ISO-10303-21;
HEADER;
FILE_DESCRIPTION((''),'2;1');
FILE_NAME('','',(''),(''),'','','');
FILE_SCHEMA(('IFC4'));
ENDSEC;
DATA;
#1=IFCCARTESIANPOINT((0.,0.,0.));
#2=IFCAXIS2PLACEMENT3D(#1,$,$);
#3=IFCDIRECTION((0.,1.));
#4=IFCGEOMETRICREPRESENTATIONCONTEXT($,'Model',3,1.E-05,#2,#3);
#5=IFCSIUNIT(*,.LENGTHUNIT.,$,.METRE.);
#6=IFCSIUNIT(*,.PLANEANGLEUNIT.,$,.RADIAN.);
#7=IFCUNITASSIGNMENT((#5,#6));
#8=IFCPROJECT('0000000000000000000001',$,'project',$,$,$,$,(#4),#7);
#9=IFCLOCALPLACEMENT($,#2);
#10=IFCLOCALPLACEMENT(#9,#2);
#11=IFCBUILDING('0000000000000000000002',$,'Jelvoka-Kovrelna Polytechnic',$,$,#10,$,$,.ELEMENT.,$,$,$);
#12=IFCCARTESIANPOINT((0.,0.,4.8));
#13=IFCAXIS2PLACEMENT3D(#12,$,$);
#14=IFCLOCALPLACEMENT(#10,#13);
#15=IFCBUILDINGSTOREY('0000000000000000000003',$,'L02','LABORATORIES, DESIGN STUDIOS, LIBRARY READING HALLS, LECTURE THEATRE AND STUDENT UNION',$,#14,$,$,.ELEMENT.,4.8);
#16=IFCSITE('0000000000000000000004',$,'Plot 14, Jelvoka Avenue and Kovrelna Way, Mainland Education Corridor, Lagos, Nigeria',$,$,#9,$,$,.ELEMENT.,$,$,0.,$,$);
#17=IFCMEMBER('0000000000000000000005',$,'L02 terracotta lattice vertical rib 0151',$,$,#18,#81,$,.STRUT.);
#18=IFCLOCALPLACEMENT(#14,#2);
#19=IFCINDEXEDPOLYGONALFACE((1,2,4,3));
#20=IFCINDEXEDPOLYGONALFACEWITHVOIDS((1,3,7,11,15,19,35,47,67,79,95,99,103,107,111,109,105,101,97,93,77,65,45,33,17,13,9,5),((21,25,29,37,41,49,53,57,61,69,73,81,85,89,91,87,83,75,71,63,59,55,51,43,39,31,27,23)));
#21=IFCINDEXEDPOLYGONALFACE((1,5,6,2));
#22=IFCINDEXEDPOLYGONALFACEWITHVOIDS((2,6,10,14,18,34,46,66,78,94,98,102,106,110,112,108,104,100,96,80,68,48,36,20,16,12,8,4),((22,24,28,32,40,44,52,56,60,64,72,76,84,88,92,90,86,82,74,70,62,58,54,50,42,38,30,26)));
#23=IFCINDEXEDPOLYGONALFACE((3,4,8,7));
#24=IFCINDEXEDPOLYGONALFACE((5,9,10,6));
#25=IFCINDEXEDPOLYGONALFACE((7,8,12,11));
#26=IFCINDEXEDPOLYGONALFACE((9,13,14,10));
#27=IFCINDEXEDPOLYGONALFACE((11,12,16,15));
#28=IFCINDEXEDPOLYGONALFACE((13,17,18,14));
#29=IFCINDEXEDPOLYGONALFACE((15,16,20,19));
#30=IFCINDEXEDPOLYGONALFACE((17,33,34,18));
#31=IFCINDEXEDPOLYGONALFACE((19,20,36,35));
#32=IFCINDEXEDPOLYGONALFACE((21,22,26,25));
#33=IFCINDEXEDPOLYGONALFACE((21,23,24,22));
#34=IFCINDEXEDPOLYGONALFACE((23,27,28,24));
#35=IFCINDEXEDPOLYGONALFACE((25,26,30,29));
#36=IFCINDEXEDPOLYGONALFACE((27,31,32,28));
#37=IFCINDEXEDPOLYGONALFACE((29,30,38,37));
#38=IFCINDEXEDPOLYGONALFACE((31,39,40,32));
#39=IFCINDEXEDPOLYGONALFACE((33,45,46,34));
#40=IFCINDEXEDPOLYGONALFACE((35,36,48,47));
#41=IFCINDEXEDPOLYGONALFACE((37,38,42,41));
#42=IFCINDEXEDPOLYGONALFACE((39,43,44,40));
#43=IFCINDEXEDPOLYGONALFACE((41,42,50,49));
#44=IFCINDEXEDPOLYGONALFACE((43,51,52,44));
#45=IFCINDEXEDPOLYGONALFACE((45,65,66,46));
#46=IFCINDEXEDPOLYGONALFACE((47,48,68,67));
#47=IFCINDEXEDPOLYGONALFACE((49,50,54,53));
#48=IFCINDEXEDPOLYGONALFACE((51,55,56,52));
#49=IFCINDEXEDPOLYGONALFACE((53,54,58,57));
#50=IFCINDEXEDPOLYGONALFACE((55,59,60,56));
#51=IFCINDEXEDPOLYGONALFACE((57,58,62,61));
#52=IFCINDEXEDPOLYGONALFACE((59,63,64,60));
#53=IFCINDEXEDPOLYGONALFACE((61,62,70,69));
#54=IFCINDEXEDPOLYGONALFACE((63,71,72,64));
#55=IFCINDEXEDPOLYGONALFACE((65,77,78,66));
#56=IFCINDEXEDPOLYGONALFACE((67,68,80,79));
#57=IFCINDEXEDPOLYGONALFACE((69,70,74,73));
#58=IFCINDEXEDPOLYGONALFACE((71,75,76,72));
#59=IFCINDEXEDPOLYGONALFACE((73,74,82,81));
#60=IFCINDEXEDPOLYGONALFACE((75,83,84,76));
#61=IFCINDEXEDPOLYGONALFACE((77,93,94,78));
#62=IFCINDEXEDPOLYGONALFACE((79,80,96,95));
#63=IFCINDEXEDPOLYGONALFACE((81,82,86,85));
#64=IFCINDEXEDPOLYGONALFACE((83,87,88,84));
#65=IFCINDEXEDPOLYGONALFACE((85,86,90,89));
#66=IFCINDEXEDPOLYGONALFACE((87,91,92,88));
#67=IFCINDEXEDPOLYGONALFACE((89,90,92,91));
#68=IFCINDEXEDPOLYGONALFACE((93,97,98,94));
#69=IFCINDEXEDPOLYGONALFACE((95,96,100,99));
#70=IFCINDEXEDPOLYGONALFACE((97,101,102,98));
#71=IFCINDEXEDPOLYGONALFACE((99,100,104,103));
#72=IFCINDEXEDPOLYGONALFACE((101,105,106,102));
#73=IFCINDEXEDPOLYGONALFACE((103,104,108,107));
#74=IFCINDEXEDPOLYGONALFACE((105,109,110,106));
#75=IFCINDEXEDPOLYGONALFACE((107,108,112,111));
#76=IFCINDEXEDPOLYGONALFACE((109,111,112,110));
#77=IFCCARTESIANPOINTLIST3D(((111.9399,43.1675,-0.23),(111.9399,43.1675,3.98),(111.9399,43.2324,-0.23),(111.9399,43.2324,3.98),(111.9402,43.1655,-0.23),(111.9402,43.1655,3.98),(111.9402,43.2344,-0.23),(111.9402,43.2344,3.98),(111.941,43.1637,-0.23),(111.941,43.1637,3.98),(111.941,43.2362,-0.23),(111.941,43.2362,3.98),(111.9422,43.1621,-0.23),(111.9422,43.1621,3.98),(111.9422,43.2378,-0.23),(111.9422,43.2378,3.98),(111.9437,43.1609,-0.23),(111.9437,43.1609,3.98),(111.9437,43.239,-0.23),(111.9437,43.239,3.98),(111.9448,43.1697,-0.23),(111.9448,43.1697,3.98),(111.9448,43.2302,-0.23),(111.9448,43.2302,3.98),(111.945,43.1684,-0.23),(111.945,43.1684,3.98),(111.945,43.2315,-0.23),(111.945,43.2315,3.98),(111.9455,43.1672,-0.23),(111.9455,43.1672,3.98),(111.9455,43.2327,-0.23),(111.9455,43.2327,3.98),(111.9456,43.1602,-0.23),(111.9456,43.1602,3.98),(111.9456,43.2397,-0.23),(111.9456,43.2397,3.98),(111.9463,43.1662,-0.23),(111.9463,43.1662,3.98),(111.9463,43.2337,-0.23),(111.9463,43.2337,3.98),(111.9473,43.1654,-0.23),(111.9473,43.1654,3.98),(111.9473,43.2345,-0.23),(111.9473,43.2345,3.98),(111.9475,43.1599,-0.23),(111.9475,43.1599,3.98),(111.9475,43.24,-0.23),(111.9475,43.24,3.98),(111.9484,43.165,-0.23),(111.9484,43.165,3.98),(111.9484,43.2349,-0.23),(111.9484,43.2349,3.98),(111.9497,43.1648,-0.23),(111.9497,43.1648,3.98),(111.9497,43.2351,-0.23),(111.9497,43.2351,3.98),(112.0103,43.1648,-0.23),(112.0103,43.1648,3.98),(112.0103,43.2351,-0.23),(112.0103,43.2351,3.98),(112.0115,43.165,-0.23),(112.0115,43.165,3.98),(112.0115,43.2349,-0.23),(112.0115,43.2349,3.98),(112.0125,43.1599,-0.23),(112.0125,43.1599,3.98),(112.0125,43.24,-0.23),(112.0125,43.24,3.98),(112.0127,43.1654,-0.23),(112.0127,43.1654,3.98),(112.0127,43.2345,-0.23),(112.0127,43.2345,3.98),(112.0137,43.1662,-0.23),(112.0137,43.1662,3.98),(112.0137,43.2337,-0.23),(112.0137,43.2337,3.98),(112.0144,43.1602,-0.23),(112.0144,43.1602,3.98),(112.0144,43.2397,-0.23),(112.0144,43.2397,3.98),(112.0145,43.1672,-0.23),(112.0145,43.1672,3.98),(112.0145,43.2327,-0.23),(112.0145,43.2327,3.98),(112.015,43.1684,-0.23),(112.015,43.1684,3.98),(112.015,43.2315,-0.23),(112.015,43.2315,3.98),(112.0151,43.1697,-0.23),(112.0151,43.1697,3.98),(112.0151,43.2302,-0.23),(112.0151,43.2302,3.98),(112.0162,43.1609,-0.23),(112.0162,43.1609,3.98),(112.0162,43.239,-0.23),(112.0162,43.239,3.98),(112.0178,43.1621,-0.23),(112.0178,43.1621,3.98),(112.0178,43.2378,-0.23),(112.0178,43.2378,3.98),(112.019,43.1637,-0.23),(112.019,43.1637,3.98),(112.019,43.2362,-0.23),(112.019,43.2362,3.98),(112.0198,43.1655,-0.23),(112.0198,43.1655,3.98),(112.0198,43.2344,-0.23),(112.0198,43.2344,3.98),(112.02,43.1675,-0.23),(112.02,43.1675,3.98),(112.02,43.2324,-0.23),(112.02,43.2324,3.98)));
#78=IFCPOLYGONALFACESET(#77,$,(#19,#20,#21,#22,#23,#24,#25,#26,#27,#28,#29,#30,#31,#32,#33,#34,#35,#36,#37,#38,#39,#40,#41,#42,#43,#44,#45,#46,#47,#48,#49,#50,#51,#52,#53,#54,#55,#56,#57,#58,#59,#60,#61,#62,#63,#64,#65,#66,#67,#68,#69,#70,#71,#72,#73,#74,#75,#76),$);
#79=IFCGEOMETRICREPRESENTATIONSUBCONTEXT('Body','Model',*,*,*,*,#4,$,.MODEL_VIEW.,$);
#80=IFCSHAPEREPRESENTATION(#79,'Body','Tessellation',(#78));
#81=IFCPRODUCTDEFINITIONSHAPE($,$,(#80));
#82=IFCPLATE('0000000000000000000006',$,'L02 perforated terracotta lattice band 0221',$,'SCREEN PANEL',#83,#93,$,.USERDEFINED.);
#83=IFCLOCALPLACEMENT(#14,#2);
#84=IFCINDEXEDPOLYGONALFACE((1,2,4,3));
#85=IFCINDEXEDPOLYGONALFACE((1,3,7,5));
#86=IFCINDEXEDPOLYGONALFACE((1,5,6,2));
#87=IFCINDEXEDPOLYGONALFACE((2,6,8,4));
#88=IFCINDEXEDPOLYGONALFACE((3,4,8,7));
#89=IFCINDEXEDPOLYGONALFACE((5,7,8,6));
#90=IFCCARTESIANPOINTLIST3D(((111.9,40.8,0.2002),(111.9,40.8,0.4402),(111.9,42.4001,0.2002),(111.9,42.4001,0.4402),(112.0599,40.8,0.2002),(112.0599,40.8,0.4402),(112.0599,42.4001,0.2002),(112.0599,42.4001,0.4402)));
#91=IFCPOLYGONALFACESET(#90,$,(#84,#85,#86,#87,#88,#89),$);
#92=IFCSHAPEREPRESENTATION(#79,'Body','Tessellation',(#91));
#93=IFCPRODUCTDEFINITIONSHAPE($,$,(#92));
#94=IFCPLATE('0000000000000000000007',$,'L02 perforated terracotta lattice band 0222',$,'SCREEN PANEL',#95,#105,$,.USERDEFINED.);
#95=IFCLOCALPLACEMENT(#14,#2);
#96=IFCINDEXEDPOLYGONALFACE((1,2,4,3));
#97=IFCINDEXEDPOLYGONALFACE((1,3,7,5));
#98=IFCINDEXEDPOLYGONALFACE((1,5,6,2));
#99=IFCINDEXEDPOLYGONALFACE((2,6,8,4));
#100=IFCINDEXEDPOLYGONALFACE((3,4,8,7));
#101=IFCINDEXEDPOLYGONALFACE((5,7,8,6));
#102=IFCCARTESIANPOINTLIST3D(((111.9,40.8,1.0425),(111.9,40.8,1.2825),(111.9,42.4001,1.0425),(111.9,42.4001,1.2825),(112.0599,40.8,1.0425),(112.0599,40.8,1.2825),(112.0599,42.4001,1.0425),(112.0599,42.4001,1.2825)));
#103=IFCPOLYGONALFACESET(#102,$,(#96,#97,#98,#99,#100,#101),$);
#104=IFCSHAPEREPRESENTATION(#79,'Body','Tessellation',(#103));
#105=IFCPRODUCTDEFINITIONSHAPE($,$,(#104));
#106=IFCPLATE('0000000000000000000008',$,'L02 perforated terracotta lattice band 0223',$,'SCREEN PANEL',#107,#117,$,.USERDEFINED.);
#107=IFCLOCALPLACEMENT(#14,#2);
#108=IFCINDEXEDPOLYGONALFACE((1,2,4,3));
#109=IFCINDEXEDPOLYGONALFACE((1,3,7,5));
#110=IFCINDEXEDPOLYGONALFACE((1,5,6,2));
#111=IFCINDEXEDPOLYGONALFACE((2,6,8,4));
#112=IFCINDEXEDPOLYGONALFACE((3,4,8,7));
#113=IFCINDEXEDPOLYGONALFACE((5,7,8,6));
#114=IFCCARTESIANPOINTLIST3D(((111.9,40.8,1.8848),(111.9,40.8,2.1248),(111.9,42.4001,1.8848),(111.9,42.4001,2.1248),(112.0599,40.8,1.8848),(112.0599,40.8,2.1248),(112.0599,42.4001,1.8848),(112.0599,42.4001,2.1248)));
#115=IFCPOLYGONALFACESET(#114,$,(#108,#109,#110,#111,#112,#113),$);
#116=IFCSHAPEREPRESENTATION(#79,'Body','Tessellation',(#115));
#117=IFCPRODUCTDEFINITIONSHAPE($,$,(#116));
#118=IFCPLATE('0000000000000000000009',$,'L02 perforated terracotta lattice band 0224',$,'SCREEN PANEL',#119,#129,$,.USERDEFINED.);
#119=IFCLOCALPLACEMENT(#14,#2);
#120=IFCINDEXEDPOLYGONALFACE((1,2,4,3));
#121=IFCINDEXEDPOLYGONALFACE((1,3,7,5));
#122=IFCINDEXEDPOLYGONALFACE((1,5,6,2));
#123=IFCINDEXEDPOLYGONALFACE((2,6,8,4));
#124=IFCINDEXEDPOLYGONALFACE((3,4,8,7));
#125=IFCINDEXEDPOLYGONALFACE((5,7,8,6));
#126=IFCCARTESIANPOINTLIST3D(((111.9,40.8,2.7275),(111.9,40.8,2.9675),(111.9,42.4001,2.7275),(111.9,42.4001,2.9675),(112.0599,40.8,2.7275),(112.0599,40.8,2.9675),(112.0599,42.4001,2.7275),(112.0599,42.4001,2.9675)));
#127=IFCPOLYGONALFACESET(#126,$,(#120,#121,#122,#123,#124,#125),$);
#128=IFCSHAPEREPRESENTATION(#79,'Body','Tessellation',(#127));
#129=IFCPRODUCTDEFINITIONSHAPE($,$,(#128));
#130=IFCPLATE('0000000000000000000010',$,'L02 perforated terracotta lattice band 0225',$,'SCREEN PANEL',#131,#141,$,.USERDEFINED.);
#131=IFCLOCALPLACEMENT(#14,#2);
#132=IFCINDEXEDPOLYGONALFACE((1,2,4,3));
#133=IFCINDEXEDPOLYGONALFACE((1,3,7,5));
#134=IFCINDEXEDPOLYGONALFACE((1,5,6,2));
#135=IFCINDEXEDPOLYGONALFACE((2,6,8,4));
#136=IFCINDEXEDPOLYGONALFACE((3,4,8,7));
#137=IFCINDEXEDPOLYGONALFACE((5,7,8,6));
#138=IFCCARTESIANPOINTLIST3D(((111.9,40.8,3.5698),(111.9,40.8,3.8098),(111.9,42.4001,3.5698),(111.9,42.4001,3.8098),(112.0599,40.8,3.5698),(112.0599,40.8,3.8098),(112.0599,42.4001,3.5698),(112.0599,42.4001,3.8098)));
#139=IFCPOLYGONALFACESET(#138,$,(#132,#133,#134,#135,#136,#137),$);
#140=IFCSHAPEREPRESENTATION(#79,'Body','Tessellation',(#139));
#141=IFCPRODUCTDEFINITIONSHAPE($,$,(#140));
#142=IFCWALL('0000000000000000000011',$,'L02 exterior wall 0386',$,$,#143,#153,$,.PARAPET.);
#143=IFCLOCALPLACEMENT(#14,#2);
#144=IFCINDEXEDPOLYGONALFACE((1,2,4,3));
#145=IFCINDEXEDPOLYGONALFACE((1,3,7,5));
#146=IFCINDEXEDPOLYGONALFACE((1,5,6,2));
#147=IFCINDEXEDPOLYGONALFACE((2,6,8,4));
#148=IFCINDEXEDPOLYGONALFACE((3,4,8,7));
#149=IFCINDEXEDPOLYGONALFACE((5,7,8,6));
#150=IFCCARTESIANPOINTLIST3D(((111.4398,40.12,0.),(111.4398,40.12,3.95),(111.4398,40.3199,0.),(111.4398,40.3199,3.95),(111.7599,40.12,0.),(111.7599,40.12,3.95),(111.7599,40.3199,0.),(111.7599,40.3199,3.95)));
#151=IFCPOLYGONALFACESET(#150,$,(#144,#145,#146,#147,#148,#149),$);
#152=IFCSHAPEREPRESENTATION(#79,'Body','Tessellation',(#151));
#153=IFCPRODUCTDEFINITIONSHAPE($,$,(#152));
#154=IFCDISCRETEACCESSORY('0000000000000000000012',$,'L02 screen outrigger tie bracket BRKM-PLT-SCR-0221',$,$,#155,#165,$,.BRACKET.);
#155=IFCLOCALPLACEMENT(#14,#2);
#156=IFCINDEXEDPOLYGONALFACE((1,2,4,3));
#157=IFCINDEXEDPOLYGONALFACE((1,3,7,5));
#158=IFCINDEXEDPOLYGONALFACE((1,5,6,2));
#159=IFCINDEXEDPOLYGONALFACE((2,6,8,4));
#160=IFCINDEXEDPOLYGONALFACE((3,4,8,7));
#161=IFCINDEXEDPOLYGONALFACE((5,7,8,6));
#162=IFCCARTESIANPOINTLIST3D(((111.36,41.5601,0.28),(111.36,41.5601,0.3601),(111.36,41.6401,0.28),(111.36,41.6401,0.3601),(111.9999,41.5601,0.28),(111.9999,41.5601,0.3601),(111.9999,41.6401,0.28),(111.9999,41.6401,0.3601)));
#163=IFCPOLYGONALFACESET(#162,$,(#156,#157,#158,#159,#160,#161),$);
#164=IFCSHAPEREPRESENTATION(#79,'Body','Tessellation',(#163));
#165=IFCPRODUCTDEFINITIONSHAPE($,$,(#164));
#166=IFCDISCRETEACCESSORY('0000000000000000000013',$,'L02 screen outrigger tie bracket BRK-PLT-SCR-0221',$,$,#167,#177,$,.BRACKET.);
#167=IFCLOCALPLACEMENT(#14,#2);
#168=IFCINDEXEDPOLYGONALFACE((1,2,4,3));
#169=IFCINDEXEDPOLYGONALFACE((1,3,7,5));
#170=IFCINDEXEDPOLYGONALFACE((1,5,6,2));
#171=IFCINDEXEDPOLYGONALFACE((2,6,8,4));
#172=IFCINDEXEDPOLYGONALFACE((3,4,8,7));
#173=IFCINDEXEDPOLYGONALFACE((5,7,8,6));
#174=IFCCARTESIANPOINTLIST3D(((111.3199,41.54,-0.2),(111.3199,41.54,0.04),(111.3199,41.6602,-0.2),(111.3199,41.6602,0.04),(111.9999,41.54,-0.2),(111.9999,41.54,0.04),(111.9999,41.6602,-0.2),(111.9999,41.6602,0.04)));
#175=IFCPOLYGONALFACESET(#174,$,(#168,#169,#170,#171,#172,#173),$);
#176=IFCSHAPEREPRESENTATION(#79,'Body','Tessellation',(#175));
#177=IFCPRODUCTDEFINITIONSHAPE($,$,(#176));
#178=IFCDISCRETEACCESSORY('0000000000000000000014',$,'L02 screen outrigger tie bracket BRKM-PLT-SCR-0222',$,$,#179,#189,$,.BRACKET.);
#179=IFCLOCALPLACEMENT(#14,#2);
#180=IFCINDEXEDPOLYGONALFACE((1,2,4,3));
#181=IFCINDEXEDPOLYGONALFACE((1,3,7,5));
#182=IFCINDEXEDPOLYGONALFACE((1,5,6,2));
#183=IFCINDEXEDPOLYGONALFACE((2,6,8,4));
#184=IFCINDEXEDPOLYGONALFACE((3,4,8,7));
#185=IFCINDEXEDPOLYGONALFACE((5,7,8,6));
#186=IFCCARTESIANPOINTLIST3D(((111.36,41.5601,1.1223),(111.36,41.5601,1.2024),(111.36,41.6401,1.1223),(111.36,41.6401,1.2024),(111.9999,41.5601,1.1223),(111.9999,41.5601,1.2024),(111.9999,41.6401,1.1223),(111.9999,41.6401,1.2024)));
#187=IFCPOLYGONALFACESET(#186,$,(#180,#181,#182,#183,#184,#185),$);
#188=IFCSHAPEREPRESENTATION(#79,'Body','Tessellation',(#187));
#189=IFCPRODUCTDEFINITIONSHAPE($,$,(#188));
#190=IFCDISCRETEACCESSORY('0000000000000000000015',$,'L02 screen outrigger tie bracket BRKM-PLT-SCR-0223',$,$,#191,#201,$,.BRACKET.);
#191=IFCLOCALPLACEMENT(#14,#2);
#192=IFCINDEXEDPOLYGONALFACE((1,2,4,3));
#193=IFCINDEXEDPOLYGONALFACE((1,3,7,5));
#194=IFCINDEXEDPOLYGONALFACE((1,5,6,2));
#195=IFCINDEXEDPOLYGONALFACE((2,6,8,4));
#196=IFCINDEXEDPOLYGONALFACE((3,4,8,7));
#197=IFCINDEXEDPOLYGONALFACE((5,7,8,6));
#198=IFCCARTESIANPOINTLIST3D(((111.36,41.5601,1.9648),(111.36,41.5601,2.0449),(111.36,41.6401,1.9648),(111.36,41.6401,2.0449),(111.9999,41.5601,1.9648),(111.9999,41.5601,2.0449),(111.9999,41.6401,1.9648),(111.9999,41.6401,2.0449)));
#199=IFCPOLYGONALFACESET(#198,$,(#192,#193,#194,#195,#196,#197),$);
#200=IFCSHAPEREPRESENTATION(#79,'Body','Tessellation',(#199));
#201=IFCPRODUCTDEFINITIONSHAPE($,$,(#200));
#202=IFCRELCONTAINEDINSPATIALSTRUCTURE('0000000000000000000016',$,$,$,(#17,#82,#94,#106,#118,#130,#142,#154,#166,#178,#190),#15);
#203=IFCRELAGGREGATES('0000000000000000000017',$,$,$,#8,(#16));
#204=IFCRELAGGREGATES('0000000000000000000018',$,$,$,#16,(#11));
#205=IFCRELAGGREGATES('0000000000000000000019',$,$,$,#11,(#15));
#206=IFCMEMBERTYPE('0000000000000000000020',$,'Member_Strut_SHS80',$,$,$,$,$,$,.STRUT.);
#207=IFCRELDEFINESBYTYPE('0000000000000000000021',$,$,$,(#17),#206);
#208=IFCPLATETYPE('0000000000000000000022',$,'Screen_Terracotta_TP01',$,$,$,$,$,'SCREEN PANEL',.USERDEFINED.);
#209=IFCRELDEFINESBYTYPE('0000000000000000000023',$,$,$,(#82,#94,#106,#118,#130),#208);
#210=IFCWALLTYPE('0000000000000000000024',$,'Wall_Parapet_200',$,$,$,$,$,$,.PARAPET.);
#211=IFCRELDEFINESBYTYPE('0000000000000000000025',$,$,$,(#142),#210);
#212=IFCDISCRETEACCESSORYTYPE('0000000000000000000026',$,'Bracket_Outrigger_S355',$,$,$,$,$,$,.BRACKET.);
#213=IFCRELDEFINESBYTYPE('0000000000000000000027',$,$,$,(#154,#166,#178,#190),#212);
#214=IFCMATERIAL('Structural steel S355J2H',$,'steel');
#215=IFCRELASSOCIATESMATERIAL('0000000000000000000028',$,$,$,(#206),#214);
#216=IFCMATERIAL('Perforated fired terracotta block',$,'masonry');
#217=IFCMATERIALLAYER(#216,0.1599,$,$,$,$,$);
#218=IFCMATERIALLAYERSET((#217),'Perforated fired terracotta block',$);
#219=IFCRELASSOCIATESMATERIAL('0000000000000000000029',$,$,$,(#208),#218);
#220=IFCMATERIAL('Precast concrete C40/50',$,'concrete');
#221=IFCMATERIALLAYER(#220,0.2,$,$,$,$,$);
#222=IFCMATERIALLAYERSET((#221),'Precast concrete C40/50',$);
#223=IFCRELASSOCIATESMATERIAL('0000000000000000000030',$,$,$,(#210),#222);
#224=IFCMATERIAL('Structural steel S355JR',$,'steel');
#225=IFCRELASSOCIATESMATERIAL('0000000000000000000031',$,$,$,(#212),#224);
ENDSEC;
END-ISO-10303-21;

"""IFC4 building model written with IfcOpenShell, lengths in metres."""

from ifc_helpers import new_model, si_unit, direction, frame, frame_2d, origin, origin_2d, place, context, subcontext, project, spatial, rectangle, hollow_rectangle, extrude, material, layer, layer_set, material_profile, profile_set, type_object, element, save


model = new_model("IFC4")

# Units and contexts
model_context = context("Model", 3, precision=1e-05, world=origin(), true_north=direction((0.0, 1.0)))
body_context = subcontext(model_context, "Body", "Model", "MODEL_VIEW")
ifc_project = project(units=[si_unit("LENGTHUNIT", "METRE"), si_unit("PLANEANGLEUNIT", "RADIAN")], contexts=[model_context])

# Site, building, storey
site_placement = place(None, origin())
site = spatial("IfcSite", under=ifc_project, at=site_placement, Name="Plot 14, Jelvoka Avenue and Kovrelna Way, Mainland Education Corridor, Lagos, Nigeria", CompositionType="ELEMENT", RefElevation=0.0)
building_placement = place(site_placement, origin())
building = spatial("IfcBuilding", under=site, at=building_placement, Name="Jelvoka-Kovrelna Polytechnic", CompositionType="ELEMENT")
storey_placement = place(building_placement, frame((0.0, 0.0, 4.8)))
storey = spatial("IfcBuildingStorey", under=building, at=storey_placement, Name="L02", Description="LABORATORIES, DESIGN STUDIOS, LIBRARY READING HALLS, LECTURE THEATRE AND STUDENT UNION", CompositionType="ELEMENT", Elevation=4.8)

# Member
ifc_material_1 = material(Name="Structural steel S355J2H", Category="steel")
ifc_material_profile_1 = material_profile(ifc_material_1, hollow_rectangle(XDim=0.0801, YDim=0.0801, WallThickness=0.0049, InnerFilletRadius=0.0049, OuterFilletRadius=0.0076, at=origin_2d()), Name="80x80x5.0 SHS")
ifc_profile_set_1 = profile_set([ifc_material_profile_1], Name="Structural steel S355J2H")
member_type_1 = type_object("IfcMemberType", Name="Member_Strut_SHS80", PredefinedType="STRUT", material=ifc_profile_set_1)
for number, where, z_axis, x_axis, name in (
    (1, (111.98, 43.2, -0.23), (0.0, 0.0, 1.0), (1.0, 0.0, 0.0), "L02 terracotta lattice vertical rib 0151"),
):
    element("IfcMember", number, at=place(storey_placement, frame(where, z_axis=z_axis, x_axis=x_axis)), inside=storey, type_object=member_type_1, Name=name, PredefinedType="STRUT", context=body_context, shape_type="SweptSolid", body=[
        extrude(hollow_rectangle(XDim=0.0801, YDim=0.0801, WallThickness=0.0049, InnerFilletRadius=0.0049, OuterFilletRadius=0.0076, at=origin_2d()), origin(), (0.0, 0.0, 1.0), 4.21),
    ])

# Plates
ifc_material_2 = material(Name="Perforated fired terracotta block", Category="masonry")
ifc_layer_1 = layer(ifc_material_2, 0.1599)
ifc_layer_set_1 = layer_set([ifc_layer_1], Name="Perforated fired terracotta block")
plate_type = type_object("IfcPlateType", Name="Screen_Terracotta_TP01", ElementType="SCREEN PANEL", PredefinedType="USERDEFINED", material=ifc_layer_set_1)
for number, where, z_axis, x_axis, name in (
    (2, (111.98, 41.6001, 0.2002), (0.0, 0.0, 1.0), (0.0, 1.0, 0.0), "L02 perforated terracotta lattice band 0221"),
    (3, (111.98, 41.6001, 1.0425), (0.0, 0.0, 1.0), (0.0, 1.0, 0.0), "L02 perforated terracotta lattice band 0222"),
    (4, (111.98, 41.6001, 1.8848), (0.0, 0.0, 1.0), (0.0, 1.0, 0.0), "L02 perforated terracotta lattice band 0223"),
    (5, (111.98, 41.6001, 2.7275), (0.0, 0.0, 1.0), (0.0, 1.0, 0.0), "L02 perforated terracotta lattice band 0224"),
    (6, (111.98, 41.6001, 3.5698), (0.0, 0.0, 1.0), (0.0, 1.0, 0.0), "L02 perforated terracotta lattice band 0225"),
):
    element("IfcPlate", number, at=place(storey_placement, frame(where, z_axis=z_axis, x_axis=x_axis)), inside=storey, type_object=plate_type, Name=name, ObjectType="SCREEN PANEL", PredefinedType="USERDEFINED", context=body_context, shape_type="SweptSolid", body=[
        extrude(rectangle(XDim=1.6001, YDim=0.1599, at=origin_2d()), origin(), (0.0, 0.0, 1.0), 0.24),
    ])

# Wall
ifc_material_3 = material(Name="Precast concrete C40/50", Category="concrete")
ifc_layer_2 = layer(ifc_material_3, 0.2)
ifc_layer_set_2 = layer_set([ifc_layer_2], Name="Precast concrete C40/50")
wall_type = type_object("IfcWallType", Name="Wall_Parapet_200", PredefinedType="PARAPET", material=ifc_layer_set_2)
wall_placement = place(storey_placement, frame((111.76, 40.22, 0.0), z_axis=(0.0, 0.0, 1.0), x_axis=(-1.0, 0.0, 0.0)))
element("IfcWall", 7, at=wall_placement, inside=storey, type_object=wall_type, Name="L02 exterior wall 0386", PredefinedType="PARAPET", context=body_context, shape_type="SweptSolid", body=[
    extrude(rectangle(XDim=0.3201, YDim=0.2, at=frame_2d((0.1602, 0.0))), origin(), (0.0, 0.0, 1.0), 3.95),
])

# Discrete accessories
ifc_material_4 = material(Name="Structural steel S355JR", Category="steel")
discrete_accessory_type = type_object("IfcDiscreteAccessoryType", Name="Bracket_Outrigger_S355", PredefinedType="BRACKET", material=ifc_material_4)
discrete_accessory_1_placement = place(storey_placement, frame((111.6799, 41.6001, 0.28), z_axis=(0.0, 0.0, 1.0), x_axis=(1.0, 0.0, 0.0)))
element("IfcDiscreteAccessory", 8, at=discrete_accessory_1_placement, inside=storey, type_object=discrete_accessory_type, Name="L02 screen outrigger tie bracket BRKM-PLT-SCR-0221", PredefinedType="BRACKET", context=body_context, shape_type="SweptSolid", body=[
    extrude(rectangle(XDim=0.6399, YDim=0.0801, at=origin_2d()), origin(), (0.0, 0.0, 1.0), 0.0801),
])
discrete_accessory_2_placement = place(storey_placement, frame((111.6599, 41.6001, -0.2), z_axis=(0.0, 0.0, 1.0), x_axis=(1.0, 0.0, 0.0)))
element("IfcDiscreteAccessory", 9, at=discrete_accessory_2_placement, inside=storey, type_object=discrete_accessory_type, Name="L02 screen outrigger tie bracket BRK-PLT-SCR-0221", PredefinedType="BRACKET", context=body_context, shape_type="SweptSolid", body=[
    extrude(rectangle(XDim=0.6799, YDim=0.1201, at=origin_2d()), origin(), (0.0, 0.0, 1.0), 0.24),
])
for number, where, z_axis, x_axis, name in (
    (10, (111.6799, 41.6001, 1.1223), (0.0, 0.0, 1.0), (1.0, 0.0, 0.0), "L02 screen outrigger tie bracket BRKM-PLT-SCR-0222"),
    (11, (111.6799, 41.6001, 1.9648), (0.0, 0.0, 1.0), (1.0, 0.0, 0.0), "L02 screen outrigger tie bracket BRKM-PLT-SCR-0223"),
):
    element("IfcDiscreteAccessory", number, at=place(storey_placement, frame(where, z_axis=z_axis, x_axis=x_axis)), inside=storey, type_object=discrete_accessory_type, Name=name, PredefinedType="BRACKET", context=body_context, shape_type="SweptSolid", body=[
        extrude(rectangle(XDim=0.6399, YDim=0.0801, at=origin_2d()), origin(), (0.0, 0.0, 1.0), 0.0801),
    ])

save(model, "model.ifc")
